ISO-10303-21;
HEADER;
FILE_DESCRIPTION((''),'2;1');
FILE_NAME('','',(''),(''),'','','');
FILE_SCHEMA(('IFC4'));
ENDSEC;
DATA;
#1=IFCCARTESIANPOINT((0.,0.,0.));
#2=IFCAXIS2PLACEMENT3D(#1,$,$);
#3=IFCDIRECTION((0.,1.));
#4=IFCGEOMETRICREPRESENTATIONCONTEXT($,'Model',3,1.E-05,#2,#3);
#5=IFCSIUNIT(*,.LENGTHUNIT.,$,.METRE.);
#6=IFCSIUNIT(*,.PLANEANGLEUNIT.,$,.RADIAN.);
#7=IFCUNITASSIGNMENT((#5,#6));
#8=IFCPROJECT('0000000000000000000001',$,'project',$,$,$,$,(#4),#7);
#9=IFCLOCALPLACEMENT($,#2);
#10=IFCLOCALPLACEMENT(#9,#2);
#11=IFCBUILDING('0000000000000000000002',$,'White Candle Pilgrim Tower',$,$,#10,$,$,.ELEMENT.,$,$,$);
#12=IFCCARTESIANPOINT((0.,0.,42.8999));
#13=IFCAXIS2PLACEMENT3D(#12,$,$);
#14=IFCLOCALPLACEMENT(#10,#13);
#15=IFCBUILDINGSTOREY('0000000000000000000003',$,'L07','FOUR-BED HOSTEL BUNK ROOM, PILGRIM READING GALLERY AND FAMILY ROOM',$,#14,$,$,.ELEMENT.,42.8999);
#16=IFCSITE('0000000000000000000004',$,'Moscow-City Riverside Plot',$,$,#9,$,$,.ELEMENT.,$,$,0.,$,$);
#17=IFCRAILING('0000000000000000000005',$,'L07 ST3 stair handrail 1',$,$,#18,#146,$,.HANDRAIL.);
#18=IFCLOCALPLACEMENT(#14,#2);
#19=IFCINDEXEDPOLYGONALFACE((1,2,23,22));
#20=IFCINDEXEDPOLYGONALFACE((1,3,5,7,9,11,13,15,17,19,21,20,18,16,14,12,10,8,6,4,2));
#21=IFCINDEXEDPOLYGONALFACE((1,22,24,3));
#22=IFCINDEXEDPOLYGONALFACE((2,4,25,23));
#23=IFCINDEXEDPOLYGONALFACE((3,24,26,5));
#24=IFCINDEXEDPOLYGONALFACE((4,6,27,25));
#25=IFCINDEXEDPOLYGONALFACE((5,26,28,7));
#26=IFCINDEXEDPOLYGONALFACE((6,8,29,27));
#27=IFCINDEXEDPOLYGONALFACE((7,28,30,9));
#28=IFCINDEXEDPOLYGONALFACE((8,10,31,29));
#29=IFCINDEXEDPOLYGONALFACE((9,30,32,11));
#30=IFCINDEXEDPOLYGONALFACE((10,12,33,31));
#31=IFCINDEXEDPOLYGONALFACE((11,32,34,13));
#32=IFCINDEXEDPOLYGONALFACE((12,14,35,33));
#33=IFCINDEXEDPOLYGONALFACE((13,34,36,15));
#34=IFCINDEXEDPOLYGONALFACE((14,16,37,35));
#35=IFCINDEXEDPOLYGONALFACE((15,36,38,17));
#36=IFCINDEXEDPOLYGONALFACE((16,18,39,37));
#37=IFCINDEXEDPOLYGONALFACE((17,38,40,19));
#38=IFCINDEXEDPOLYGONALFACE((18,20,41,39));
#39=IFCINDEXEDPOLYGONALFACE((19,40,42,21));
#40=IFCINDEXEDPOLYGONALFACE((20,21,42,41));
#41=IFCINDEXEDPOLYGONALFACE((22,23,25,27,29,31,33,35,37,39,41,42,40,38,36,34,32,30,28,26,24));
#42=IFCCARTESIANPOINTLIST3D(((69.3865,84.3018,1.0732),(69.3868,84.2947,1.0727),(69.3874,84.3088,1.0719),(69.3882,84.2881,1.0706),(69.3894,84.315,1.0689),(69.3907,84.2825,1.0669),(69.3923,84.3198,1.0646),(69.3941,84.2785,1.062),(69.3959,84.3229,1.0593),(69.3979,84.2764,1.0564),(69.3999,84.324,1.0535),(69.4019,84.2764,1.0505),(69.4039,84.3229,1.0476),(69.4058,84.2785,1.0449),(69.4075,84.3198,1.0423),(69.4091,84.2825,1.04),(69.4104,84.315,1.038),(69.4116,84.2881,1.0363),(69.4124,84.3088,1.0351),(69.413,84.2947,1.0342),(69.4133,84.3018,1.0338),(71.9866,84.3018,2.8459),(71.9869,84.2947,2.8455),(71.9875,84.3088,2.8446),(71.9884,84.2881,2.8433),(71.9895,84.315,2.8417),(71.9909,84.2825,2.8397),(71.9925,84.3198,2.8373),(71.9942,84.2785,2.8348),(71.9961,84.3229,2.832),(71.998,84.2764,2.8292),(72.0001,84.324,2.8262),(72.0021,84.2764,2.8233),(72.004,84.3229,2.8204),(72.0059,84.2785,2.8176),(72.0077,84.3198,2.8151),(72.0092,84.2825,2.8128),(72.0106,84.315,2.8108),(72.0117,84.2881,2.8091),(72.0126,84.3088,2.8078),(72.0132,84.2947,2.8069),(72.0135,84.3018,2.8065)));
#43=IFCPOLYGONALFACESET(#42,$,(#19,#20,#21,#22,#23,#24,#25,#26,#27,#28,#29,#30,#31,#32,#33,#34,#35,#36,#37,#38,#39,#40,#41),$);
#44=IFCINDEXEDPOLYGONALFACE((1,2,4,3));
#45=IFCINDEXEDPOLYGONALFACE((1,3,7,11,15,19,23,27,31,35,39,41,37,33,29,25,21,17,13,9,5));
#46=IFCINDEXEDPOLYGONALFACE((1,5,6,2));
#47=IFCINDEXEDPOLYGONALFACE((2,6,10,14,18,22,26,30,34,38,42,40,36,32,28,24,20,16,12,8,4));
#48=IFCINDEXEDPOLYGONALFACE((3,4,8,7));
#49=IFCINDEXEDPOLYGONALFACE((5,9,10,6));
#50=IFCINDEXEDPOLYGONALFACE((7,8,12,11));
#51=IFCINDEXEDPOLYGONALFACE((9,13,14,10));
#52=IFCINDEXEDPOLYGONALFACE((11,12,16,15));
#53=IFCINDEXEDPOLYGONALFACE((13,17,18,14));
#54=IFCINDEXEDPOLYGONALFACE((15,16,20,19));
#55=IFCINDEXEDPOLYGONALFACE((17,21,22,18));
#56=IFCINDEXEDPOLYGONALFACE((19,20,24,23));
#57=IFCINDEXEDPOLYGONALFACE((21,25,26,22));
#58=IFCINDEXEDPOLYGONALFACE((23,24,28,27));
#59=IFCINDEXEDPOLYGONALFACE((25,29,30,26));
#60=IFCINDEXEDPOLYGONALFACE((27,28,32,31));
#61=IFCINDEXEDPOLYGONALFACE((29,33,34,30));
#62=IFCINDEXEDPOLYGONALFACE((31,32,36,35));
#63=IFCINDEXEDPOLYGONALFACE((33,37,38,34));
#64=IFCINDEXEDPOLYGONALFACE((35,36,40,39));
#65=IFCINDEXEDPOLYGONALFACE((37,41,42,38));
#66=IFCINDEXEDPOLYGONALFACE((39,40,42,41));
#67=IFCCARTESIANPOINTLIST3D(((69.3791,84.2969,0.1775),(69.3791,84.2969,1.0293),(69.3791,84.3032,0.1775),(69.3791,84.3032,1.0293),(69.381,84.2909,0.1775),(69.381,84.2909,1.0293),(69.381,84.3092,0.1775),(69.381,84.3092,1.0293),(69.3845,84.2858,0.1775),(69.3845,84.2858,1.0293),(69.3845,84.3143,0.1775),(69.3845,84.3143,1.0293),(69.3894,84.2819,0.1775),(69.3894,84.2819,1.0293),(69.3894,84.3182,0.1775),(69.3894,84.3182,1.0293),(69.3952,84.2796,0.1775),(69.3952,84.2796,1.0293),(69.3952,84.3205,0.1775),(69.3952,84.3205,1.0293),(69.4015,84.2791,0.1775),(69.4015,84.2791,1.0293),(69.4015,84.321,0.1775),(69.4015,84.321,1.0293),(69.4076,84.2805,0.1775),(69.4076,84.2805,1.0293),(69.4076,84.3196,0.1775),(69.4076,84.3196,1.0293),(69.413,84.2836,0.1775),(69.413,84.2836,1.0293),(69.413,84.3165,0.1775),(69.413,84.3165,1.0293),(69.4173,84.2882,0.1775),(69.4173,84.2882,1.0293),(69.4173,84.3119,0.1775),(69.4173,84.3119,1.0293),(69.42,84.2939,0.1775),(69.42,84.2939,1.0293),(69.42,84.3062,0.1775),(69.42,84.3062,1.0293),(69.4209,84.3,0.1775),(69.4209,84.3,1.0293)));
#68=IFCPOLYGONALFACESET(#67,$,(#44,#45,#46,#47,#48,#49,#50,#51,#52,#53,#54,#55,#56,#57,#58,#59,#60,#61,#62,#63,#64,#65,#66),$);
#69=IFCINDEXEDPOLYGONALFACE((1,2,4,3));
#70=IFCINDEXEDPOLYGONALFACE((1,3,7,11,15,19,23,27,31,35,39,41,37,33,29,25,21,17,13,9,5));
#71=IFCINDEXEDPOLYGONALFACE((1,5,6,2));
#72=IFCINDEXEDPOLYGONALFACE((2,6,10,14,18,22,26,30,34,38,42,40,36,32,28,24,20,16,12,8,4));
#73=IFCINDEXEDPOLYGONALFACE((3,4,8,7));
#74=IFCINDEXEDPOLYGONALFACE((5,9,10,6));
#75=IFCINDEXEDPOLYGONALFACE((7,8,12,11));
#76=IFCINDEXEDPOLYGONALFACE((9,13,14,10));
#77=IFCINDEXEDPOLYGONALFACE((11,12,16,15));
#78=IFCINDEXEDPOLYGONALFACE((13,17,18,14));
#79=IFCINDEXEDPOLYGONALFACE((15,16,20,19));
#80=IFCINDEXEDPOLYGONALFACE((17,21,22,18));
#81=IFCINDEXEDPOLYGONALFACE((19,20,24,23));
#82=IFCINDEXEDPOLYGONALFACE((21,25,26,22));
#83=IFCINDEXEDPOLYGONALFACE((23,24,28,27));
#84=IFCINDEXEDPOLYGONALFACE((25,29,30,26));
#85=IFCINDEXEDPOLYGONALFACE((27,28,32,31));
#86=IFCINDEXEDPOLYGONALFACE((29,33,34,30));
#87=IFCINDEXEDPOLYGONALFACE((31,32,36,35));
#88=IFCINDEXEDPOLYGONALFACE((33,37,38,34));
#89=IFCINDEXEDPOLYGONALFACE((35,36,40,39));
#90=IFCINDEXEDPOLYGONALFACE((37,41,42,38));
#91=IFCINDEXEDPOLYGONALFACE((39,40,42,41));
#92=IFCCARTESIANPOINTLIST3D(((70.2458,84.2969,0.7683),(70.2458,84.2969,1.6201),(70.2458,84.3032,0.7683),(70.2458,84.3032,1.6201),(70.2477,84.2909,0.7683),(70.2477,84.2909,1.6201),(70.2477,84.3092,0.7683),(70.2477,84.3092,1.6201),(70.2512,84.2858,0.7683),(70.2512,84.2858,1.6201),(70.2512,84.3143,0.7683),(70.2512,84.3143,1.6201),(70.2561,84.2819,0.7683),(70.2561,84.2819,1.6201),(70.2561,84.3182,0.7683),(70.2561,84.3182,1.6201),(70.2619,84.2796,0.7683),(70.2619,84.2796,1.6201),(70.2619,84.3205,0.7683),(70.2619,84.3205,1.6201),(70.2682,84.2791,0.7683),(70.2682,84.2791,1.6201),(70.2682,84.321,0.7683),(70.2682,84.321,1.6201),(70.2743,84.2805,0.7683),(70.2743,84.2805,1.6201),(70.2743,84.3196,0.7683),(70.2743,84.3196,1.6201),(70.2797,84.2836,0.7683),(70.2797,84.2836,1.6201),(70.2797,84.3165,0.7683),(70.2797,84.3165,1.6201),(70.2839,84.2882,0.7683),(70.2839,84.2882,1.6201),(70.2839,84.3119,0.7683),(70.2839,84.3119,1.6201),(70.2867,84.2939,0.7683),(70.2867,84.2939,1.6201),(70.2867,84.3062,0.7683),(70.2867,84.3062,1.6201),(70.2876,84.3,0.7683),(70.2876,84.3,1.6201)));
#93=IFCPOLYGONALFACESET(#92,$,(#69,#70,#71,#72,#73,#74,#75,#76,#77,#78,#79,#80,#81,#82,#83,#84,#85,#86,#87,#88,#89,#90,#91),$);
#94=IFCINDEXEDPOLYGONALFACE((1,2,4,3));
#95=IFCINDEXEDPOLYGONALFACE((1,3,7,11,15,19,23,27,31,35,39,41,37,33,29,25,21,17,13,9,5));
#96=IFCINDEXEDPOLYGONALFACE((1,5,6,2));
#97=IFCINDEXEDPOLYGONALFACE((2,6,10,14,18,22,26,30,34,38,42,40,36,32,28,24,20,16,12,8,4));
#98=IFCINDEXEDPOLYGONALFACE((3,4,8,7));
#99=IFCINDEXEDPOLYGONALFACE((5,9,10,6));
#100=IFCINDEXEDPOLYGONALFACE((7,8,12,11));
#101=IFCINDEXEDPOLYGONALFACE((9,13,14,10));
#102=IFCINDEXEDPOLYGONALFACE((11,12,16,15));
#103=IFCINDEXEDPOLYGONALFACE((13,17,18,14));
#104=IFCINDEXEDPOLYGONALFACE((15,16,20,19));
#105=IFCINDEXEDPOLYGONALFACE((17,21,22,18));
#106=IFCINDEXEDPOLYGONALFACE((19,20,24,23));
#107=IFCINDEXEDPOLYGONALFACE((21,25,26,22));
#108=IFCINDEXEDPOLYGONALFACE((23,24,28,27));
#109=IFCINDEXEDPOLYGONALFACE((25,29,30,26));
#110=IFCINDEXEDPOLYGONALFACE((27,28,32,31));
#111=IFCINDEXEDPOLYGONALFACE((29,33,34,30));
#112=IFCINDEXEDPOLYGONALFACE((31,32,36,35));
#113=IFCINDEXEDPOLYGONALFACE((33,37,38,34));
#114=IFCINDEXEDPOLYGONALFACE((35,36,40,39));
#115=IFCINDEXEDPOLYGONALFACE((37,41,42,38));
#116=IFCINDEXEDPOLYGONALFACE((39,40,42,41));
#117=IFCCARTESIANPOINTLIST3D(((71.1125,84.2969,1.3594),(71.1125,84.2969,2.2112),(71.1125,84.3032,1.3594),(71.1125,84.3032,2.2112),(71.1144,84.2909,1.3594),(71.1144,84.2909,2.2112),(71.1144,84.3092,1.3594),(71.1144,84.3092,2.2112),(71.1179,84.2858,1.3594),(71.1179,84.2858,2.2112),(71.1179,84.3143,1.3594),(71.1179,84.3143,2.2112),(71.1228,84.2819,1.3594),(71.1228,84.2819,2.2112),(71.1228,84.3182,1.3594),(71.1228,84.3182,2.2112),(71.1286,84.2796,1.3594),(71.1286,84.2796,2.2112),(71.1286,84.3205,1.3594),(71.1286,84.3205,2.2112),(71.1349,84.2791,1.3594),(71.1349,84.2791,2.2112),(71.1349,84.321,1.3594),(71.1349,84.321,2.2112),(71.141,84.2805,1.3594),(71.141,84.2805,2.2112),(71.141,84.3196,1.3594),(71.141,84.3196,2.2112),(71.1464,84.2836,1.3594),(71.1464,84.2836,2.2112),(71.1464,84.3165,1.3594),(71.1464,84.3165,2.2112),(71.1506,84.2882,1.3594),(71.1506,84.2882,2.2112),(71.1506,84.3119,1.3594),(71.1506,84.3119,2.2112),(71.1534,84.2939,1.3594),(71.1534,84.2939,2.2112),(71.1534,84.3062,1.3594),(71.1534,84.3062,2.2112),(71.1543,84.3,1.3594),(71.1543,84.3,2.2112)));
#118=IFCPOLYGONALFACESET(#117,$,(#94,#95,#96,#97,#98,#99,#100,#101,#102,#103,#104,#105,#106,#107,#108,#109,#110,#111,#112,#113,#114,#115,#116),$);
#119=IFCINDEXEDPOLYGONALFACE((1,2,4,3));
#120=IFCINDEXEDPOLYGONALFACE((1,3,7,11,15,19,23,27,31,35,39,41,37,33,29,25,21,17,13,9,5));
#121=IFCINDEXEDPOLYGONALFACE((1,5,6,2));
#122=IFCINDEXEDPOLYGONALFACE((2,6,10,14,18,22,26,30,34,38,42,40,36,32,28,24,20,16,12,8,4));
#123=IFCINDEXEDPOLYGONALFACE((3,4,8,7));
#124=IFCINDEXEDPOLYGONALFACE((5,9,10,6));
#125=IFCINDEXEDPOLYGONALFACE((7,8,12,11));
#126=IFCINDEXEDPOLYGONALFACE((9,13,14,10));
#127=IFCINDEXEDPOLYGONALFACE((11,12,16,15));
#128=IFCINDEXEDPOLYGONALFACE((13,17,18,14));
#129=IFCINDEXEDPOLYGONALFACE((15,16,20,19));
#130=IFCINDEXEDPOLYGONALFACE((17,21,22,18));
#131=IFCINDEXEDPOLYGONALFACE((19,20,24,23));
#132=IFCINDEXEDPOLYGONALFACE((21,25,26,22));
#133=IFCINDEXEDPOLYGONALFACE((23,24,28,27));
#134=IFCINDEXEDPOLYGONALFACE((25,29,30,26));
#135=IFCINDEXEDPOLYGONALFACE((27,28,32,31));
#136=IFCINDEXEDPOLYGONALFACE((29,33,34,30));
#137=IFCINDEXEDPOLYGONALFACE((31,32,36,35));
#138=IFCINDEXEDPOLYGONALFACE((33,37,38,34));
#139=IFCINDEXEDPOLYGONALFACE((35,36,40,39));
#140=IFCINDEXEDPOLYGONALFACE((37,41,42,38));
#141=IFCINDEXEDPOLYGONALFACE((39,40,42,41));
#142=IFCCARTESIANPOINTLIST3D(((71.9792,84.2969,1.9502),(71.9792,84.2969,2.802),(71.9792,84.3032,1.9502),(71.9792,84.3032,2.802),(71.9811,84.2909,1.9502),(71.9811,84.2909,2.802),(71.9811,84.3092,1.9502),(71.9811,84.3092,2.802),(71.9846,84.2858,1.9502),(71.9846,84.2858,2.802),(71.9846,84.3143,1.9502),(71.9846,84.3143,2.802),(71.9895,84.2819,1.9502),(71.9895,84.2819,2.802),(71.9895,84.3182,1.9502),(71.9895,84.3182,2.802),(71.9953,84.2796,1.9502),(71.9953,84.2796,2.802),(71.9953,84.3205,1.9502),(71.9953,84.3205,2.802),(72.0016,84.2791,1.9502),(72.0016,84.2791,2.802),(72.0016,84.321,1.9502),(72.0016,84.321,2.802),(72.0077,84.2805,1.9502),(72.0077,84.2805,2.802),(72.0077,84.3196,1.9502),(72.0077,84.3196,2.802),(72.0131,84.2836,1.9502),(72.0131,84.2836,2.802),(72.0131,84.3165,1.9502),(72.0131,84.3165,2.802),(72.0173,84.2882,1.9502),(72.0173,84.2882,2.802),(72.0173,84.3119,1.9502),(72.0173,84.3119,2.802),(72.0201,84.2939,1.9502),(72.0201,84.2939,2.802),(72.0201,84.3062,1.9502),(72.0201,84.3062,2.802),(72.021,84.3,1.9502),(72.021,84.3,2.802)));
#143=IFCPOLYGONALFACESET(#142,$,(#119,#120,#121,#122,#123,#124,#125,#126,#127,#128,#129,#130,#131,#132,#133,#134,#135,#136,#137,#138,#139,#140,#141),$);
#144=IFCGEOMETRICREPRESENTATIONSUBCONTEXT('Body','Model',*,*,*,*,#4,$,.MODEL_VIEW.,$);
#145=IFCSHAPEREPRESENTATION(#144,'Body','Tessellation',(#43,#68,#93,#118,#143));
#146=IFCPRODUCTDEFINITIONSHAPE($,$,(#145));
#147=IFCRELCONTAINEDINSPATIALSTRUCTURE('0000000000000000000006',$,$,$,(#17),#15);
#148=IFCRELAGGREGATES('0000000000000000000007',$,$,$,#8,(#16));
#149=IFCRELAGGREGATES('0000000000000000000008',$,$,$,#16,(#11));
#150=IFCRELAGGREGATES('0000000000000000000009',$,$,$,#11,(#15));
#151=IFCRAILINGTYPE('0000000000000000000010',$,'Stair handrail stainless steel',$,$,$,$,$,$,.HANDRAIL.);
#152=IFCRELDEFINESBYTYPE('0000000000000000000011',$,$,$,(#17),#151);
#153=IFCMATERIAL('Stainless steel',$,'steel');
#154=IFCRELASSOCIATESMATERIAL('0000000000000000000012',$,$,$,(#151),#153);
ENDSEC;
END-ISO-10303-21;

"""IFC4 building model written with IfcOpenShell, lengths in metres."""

from ifc_helpers import new_model, si_unit, direction, frame, origin, origin_2d, place, context, subcontext, project, spatial, circle, extrude, material, type_object, element, save


model = new_model("IFC4")

# Units and contexts
model_context = context("Model", 3, precision=1e-05, world=origin(), true_north=direction((0.0, 1.0)))
body_context = subcontext(model_context, "Body", "Model", "MODEL_VIEW")
ifc_project = project(units=[si_unit("LENGTHUNIT", "METRE"), si_unit("PLANEANGLEUNIT", "RADIAN")], contexts=[model_context])

# Site, building, storey
site_placement = place(None, origin())
site = spatial("IfcSite", under=ifc_project, at=site_placement, Name="Moscow-City Riverside Plot", CompositionType="ELEMENT", RefElevation=0.0)
building_placement = place(site_placement, origin())
building = spatial("IfcBuilding", under=site, at=building_placement, Name="White Candle Pilgrim Tower", CompositionType="ELEMENT")
storey_placement = place(building_placement, frame((0.0, 0.0, 42.8999)))
storey = spatial("IfcBuildingStorey", under=building, at=storey_placement, Name="L07", Description="FOUR-BED HOSTEL BUNK ROOM, PILGRIM READING GALLERY AND FAMILY ROOM", CompositionType="ELEMENT", Elevation=42.8999)

# Railing
ifc_material_1 = material(Name="Stainless steel", Category="steel")
railing_type_1 = type_object("IfcRailingType", Name="Stair handrail stainless steel", PredefinedType="HANDRAIL", material=ifc_material_1)
railing_1_placement = place(storey_placement, frame((69.3999, 84.3, 0.1775)))
element("IfcRailing", 1, at=railing_1_placement, inside=storey, type_object=railing_type_1, Name="L07 ST3 stair handrail 1", PredefinedType="HANDRAIL", context=body_context, shape_type="SweptSolid", body=[
    extrude(circle(Radius=0.0239, at=origin_2d()), frame((0.0, 0.0, 0.876), z_axis=(0.82624, 0.0, 0.563318), x_axis=(0.0, 1.0, 0.0)), (0.0, 0.0, 1.0), 3.147),
    extrude(circle(Radius=0.021, at=origin_2d()), origin(), (0.0, 0.0, 1.0), 0.8518),
    extrude(circle(Radius=0.021, at=origin_2d()), frame((0.8667, 0.0, 0.5908)), (0.0, 0.0, 1.0), 0.8518),
    extrude(circle(Radius=0.021, at=origin_2d()), frame((1.7334, 0.0, 1.1819)), (0.0, 0.0, 1.0), 0.8518),
    extrude(circle(Radius=0.021, at=origin_2d()), frame((2.6001, 0.0, 1.7727)), (0.0, 0.0, 1.0), 0.8518),
])

save(model, "model.ifc")
